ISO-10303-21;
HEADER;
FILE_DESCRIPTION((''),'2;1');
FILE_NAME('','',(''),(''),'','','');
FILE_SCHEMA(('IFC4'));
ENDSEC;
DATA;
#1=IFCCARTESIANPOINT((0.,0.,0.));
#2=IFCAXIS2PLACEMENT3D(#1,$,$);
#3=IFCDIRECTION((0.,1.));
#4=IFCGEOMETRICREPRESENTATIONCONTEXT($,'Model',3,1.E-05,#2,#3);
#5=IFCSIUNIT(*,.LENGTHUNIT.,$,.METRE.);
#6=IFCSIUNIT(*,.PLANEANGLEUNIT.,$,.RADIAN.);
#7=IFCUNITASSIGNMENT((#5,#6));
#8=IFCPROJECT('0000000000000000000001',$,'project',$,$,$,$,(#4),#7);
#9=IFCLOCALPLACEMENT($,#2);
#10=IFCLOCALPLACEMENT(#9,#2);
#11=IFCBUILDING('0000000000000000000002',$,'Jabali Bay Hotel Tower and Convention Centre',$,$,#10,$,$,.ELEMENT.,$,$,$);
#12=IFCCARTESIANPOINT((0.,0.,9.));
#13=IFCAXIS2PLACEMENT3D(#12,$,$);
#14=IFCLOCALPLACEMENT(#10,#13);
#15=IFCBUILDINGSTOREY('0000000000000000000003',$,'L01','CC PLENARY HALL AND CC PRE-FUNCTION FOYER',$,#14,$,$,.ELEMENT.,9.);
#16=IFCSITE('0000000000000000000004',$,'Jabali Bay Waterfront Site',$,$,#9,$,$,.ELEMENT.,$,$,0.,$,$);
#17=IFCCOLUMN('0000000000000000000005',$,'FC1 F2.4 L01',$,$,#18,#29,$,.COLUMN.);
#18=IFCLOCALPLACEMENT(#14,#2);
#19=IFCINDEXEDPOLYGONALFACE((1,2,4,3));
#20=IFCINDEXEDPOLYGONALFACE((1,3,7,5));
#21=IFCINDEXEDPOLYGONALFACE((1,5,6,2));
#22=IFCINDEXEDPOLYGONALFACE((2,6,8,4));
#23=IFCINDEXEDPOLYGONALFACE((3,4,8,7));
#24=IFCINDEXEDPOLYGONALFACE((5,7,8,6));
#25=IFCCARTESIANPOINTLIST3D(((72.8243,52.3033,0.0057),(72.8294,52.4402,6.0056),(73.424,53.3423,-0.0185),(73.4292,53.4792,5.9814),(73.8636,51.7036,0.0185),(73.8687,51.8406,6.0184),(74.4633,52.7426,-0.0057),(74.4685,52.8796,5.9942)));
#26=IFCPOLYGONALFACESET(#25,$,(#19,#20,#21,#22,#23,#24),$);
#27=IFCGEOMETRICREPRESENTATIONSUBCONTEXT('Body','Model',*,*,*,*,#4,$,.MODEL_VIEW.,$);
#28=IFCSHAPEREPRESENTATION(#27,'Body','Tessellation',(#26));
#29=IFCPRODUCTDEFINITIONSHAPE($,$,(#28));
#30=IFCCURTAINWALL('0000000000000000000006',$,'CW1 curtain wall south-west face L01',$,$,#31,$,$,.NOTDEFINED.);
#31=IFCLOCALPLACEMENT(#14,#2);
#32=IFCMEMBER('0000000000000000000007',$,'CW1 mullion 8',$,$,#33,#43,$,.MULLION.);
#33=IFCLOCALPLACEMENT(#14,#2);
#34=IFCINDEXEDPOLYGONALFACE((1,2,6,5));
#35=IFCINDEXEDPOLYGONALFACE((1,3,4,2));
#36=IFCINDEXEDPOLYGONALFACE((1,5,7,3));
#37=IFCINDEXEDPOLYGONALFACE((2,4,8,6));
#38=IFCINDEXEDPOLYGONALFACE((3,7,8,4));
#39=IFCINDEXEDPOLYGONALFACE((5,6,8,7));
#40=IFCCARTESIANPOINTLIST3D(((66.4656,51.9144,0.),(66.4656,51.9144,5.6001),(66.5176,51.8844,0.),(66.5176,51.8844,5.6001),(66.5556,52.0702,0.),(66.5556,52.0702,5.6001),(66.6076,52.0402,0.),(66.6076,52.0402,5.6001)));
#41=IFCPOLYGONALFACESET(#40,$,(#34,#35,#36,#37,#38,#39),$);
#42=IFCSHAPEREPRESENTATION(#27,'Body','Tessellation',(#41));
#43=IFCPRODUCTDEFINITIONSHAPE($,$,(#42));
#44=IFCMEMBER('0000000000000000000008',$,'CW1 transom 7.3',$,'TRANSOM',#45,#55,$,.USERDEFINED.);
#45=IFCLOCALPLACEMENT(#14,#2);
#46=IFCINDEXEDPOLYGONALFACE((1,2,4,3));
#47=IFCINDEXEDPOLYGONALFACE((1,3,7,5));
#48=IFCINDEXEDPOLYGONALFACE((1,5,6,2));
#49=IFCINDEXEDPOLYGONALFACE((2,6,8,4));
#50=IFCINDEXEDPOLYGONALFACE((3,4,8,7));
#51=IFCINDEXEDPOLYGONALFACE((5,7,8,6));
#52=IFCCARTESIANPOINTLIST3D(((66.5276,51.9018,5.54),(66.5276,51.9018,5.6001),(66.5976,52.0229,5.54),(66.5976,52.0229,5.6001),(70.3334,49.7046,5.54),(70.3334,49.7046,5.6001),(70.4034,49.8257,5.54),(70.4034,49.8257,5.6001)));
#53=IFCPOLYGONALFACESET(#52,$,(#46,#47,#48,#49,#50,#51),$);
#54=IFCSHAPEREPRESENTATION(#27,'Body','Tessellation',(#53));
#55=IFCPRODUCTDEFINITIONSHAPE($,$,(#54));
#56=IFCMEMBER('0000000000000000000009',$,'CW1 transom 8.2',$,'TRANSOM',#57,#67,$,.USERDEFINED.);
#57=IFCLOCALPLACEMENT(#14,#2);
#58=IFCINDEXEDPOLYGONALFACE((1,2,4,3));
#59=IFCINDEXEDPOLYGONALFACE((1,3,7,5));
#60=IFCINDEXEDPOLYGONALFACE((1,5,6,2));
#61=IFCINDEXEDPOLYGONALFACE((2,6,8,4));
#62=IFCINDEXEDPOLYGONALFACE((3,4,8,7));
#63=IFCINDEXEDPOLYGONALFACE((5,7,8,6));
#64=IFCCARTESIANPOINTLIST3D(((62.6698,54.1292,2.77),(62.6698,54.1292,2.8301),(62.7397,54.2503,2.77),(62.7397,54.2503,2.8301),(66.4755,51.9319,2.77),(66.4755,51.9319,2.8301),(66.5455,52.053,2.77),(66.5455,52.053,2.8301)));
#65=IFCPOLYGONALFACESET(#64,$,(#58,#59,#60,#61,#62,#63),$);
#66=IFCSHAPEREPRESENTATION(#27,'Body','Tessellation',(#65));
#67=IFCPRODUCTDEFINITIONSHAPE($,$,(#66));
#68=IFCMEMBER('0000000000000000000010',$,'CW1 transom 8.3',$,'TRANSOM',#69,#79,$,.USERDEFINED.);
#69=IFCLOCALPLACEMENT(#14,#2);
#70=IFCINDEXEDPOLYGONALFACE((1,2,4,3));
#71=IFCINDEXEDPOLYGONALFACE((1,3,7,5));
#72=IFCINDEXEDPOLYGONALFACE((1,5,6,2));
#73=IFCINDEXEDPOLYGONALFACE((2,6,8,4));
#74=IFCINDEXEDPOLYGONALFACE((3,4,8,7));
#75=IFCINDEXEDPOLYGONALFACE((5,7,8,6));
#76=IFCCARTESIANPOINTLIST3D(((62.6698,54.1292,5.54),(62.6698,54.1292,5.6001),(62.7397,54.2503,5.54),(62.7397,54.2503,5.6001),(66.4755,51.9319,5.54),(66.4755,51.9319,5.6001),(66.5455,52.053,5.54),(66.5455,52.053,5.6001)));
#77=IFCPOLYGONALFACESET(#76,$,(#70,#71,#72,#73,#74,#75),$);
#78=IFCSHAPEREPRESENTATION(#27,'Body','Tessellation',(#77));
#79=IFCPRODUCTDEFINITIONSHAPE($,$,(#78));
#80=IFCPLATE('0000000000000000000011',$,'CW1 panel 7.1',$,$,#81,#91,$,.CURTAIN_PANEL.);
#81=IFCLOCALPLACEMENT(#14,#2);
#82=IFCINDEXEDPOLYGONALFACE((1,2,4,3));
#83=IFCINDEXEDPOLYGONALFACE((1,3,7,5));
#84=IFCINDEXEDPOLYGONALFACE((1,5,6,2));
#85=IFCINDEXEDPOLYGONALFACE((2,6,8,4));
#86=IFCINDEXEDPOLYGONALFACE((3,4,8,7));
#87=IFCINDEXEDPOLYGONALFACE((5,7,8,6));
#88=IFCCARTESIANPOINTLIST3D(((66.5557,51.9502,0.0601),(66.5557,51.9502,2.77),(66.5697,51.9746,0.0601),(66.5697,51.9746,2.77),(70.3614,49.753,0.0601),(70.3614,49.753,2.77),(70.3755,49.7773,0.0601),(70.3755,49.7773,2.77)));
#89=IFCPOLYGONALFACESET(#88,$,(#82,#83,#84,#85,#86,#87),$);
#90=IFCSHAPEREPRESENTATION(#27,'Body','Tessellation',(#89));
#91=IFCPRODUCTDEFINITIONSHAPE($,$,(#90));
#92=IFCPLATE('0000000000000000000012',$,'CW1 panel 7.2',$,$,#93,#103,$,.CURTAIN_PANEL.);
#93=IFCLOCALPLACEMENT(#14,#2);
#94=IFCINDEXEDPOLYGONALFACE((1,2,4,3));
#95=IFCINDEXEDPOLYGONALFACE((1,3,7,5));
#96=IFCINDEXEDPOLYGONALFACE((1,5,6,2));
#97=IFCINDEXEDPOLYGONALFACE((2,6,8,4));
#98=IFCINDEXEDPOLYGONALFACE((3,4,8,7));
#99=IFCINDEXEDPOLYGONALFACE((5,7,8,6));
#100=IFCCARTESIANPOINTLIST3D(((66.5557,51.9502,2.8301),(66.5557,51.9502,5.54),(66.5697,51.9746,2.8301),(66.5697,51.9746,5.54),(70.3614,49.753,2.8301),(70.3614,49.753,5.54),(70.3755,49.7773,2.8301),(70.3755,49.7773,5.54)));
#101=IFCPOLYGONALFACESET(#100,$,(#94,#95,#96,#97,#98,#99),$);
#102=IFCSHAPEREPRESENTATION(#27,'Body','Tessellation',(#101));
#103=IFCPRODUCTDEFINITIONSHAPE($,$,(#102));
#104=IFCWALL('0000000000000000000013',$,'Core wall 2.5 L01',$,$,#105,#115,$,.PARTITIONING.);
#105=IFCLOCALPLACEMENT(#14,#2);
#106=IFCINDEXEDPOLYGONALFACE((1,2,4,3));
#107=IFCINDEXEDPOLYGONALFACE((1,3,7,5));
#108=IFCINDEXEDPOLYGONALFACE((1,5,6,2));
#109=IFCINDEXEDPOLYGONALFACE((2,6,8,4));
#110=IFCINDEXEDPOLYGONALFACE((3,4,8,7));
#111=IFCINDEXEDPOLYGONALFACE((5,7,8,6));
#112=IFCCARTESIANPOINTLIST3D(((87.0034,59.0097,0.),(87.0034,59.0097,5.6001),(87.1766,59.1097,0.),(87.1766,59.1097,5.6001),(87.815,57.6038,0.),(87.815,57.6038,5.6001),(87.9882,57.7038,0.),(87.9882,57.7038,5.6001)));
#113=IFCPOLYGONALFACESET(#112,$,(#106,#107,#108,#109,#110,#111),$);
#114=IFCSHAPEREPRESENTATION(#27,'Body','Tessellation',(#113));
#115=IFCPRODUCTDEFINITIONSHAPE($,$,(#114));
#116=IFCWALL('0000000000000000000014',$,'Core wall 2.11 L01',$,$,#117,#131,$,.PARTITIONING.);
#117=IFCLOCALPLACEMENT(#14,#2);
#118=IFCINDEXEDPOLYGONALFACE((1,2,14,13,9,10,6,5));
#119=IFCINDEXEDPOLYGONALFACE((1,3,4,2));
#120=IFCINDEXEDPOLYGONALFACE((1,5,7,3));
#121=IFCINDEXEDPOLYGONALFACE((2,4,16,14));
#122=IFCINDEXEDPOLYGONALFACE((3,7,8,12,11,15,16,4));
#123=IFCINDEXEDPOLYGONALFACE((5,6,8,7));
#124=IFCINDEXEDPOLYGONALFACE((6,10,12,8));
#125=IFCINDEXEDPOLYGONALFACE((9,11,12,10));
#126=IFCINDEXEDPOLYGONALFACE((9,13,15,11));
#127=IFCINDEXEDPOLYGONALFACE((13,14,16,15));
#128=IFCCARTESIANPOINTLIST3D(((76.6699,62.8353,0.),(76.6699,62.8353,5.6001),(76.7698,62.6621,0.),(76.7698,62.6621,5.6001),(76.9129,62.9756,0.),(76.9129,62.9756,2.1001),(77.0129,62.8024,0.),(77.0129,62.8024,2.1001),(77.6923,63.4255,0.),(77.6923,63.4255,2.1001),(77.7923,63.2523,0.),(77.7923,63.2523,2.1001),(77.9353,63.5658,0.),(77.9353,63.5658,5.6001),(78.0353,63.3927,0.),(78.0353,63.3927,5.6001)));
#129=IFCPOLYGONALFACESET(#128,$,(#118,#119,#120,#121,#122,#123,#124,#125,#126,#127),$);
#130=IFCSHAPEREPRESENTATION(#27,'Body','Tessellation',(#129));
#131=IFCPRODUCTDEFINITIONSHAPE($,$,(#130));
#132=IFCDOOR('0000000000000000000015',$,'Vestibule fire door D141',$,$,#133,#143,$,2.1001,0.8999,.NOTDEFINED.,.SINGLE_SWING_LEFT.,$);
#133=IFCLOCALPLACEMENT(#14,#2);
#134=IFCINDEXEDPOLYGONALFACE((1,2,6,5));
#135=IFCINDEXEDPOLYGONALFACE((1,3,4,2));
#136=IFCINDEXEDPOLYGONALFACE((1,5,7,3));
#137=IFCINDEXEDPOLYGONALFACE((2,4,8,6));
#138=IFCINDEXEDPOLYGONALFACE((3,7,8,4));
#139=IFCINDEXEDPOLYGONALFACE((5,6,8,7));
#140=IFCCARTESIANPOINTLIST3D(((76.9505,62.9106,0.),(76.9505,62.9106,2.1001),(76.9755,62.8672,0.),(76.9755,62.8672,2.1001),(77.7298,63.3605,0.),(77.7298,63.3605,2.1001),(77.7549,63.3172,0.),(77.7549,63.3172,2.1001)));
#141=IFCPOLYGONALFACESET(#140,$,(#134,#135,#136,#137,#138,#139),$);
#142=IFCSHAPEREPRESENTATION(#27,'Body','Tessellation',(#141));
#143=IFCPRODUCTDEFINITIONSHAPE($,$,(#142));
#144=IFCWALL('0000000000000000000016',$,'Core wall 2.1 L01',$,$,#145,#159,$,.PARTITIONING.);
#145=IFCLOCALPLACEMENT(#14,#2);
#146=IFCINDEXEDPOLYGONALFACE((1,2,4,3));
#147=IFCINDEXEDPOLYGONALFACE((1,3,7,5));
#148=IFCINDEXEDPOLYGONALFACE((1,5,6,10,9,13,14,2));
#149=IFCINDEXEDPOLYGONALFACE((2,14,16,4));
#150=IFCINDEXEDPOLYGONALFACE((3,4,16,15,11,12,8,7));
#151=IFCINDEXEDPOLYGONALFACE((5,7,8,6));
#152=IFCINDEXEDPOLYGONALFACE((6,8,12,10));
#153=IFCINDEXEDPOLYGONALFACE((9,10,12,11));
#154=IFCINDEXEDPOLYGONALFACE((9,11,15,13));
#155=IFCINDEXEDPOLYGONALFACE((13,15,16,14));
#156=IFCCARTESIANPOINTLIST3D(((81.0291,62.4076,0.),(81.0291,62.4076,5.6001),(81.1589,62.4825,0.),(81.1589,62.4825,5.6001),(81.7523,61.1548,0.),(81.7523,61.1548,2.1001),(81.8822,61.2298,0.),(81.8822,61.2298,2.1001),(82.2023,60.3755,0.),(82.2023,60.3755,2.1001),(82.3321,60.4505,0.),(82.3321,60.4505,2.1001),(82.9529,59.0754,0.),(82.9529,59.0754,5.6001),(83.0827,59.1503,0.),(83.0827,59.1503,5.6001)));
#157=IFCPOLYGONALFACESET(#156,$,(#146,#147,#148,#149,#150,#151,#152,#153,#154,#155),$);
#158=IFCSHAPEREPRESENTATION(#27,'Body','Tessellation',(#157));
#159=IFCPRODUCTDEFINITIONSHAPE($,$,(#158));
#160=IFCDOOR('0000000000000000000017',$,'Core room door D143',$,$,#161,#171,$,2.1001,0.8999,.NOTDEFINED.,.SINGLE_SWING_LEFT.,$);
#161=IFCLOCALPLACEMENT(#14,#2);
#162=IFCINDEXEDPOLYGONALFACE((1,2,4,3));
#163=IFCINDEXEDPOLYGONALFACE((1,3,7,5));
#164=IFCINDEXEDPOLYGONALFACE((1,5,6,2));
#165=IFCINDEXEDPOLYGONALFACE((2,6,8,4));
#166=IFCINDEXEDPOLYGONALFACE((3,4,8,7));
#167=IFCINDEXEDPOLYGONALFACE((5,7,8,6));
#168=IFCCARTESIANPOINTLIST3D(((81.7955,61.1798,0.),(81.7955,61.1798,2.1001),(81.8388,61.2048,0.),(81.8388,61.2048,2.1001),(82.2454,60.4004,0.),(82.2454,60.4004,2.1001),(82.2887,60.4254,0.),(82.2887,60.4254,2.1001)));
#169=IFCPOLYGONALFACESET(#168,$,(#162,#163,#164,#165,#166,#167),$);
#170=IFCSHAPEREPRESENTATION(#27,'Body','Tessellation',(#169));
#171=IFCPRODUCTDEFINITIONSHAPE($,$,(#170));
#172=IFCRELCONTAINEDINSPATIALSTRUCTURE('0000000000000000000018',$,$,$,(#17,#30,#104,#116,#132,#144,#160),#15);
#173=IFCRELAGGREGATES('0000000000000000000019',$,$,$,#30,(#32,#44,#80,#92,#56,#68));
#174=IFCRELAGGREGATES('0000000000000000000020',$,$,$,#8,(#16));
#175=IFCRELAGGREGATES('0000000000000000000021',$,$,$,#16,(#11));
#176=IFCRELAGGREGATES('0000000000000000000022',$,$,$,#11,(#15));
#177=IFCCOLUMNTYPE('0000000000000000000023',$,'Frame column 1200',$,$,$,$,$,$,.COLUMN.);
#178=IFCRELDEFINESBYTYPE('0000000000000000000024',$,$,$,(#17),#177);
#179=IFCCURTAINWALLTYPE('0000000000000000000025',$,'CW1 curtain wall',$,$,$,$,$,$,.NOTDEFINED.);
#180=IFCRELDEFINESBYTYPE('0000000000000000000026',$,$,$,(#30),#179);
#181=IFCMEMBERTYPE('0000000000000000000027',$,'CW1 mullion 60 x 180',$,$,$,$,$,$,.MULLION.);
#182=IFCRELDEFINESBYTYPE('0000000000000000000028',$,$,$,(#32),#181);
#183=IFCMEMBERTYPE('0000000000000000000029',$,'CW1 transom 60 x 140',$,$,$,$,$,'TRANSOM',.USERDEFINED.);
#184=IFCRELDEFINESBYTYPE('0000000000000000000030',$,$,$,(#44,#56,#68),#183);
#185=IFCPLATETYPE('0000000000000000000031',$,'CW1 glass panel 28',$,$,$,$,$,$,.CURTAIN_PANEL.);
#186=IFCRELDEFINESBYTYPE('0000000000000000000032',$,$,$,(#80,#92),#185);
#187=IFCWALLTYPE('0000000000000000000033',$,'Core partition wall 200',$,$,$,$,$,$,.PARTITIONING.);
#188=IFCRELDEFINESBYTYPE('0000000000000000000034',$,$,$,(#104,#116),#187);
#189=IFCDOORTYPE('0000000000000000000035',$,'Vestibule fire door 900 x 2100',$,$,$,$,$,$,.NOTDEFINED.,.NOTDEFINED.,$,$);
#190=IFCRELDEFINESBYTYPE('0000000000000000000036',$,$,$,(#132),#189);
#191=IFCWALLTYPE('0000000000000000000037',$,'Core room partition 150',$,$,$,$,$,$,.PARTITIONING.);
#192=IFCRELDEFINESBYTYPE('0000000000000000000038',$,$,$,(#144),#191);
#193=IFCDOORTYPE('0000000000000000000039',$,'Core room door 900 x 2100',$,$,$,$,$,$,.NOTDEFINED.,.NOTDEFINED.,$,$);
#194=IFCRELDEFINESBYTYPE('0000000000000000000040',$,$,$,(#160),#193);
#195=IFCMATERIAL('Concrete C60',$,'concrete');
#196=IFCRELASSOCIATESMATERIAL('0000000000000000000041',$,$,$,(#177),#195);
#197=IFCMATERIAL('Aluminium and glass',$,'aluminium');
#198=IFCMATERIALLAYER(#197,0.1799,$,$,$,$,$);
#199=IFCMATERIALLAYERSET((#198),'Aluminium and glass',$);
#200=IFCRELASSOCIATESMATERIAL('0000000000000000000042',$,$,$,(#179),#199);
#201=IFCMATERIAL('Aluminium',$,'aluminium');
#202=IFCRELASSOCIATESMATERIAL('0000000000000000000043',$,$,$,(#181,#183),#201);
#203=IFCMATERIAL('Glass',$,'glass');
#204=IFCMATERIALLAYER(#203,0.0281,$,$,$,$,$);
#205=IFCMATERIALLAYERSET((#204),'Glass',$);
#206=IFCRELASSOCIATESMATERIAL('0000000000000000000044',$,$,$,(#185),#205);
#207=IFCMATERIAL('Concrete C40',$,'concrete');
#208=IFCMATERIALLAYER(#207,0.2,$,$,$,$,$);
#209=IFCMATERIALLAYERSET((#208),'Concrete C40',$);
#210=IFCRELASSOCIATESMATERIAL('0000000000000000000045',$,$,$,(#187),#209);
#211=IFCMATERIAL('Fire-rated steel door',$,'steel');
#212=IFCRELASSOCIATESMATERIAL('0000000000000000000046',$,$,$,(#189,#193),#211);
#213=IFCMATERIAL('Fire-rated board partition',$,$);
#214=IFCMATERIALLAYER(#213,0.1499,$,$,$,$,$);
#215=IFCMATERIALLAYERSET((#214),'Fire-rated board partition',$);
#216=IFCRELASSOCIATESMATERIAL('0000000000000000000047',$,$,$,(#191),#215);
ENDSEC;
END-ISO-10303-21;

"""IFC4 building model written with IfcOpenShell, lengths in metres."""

from ifc_helpers import new_model, si_unit, direction, frame, frame_2d, origin, origin_2d, place, context, subcontext, project, spatial, rectangle, extrude, material, layer, layer_set, material_profile, profile_set, type_object, element, fill, aggregate, save


model = new_model("IFC4")

# Units and contexts
model_context = context("Model", 3, precision=1e-05, world=origin(), true_north=direction((0.0, 1.0)))
body_context = subcontext(model_context, "Body", "Model", "MODEL_VIEW")
ifc_project = project(units=[si_unit("LENGTHUNIT", "METRE"), si_unit("PLANEANGLEUNIT", "RADIAN")], contexts=[model_context])

# Site, building, storey
site_placement = place(None, origin())
site = spatial("IfcSite", under=ifc_project, at=site_placement, Name="Jabali Bay Waterfront Site", CompositionType="ELEMENT", RefElevation=0.0)
building_placement = place(site_placement, origin())
building = spatial("IfcBuilding", under=site, at=building_placement, Name="Jabali Bay Hotel Tower and Convention Centre", CompositionType="ELEMENT")
storey_placement = place(building_placement, frame((0.0, 0.0, 9.0)))
storey = spatial("IfcBuildingStorey", under=building, at=storey_placement, Name="L01", Description="CC PLENARY HALL AND CC PRE-FUNCTION FOYER", CompositionType="ELEMENT", Elevation=9.0)

# Column
ifc_material_1 = material(Name="Concrete C60", Category="concrete")
ifc_material_profile_1 = material_profile(ifc_material_1, rectangle(XDim=1.2, YDim=1.2, at=origin_2d()), Name="Frame column 1200")
ifc_profile_set_1 = profile_set([ifc_material_profile_1], Name="Concrete C60")
column_type = type_object("IfcColumnType", Name="Frame column 1200", PredefinedType="COLUMN", material=ifc_profile_set_1)
column_placement = place(storey_placement, frame((73.6438, 52.5229, 0.0), z_axis=(0.000854, 0.022821, 0.999739), x_axis=(-0.499824, -0.865891, 0.020193)))
element("IfcColumn", 1, at=column_placement, inside=storey, type_object=column_type, Name="FC1 F2.4 L01", PredefinedType="COLUMN", context=body_context, shape_type="SweptSolid", body=[
    extrude(rectangle(XDim=1.2, YDim=1.2, at=origin_2d()), origin(), (0.0, 0.0, 1.0), 6.0015),
])

# Curtain wall, members, plates
ifc_material_2 = material(Name="Aluminium and glass", Category="aluminium")
ifc_layer_1 = layer(ifc_material_2, 0.1799)
ifc_layer_set_1 = layer_set([ifc_layer_1], Name="Aluminium and glass")
curtain_wall_type = type_object("IfcCurtainWallType", Name="CW1 curtain wall", PredefinedType="NOTDEFINED", material=ifc_layer_set_1)
curtain_wall_placement = place(storey_placement, origin())
curtain_wall = element("IfcCurtainWall", 2, at=curtain_wall_placement, inside=storey, type_object=curtain_wall_type, Name="CW1 curtain wall south-west face L01", PredefinedType="NOTDEFINED")
ifc_material_3 = material(Name="Aluminium", Category="aluminium")
ifc_material_profile_2 = material_profile(ifc_material_3, rectangle(XDim=0.1799, YDim=0.0601, at=origin_2d()), Name="CW1 mullion 60 x 180")
ifc_profile_set_2 = profile_set([ifc_material_profile_2], Name="Aluminium")
member_type_1 = type_object("IfcMemberType", Name="CW1 mullion 60 x 180", PredefinedType="MULLION", material=ifc_profile_set_2)
member_1_placement = place(storey_placement, frame((66.5366, 51.9773, 0.0), z_axis=(0.0, 0.0, 1.0), x_axis=(-0.5, -0.866025, 0.0)))
member_1 = element("IfcMember", 3, at=member_1_placement, type_object=member_type_1, Name="CW1 mullion 8", PredefinedType="MULLION", context=body_context, shape_type="SweptSolid", body=[
    extrude(rectangle(XDim=0.1799, YDim=0.0601, at=origin_2d()), origin(), (0.0, 0.0, 1.0), 5.6001),
])
ifc_material_profile_3 = material_profile(ifc_material_3, rectangle(XDim=0.1399, YDim=0.0601, at=origin_2d()), Name="CW1 transom 60 x 140")
ifc_profile_set_3 = profile_set([ifc_material_profile_3], Name="Aluminium")
member_type_2 = type_object("IfcMemberType", Name="CW1 transom 60 x 140", ElementType="TRANSOM", PredefinedType="USERDEFINED", material=ifc_profile_set_3)
member_2_placement = place(storey_placement, frame((70.3684, 49.7651, 5.5701), z_axis=(-0.866033, 0.499987, 0.0), x_axis=(-0.499987, -0.866033, 0.0)))
member_2 = element("IfcMember", 4, at=member_2_placement, type_object=member_type_2, Name="CW1 transom 7.3", ObjectType="TRANSOM", PredefinedType="USERDEFINED", context=body_context, shape_type="SweptSolid", body=[
    extrude(rectangle(XDim=0.1399, YDim=0.0601, at=origin_2d()), origin(), (0.0, 0.0, 1.0), 4.3945),
])
member_3_placement = place(storey_placement, frame((66.5105, 51.9924, 2.8), z_axis=(-0.866019, 0.500011, 0.0), x_axis=(-0.500011, -0.866019, 0.0)))
member_3 = element("IfcMember", 5, at=member_3_placement, type_object=member_type_2, Name="CW1 transom 8.2", ObjectType="TRANSOM", PredefinedType="USERDEFINED", context=body_context, shape_type="SweptSolid", body=[
    extrude(rectangle(XDim=0.1399, YDim=0.0601, at=origin_2d()), origin(), (0.0, 0.0, 1.0), 4.3945),
])
member_4_placement = place(storey_placement, frame((66.5105, 51.9924, 5.5701), z_axis=(-0.866019, 0.500011, 0.0), x_axis=(-0.500011, -0.866019, 0.0)))
member_4 = element("IfcMember", 6, at=member_4_placement, type_object=member_type_2, Name="CW1 transom 8.3", ObjectType="TRANSOM", PredefinedType="USERDEFINED", context=body_context, shape_type="SweptSolid", body=[
    extrude(rectangle(XDim=0.1399, YDim=0.0601, at=origin_2d()), origin(), (0.0, 0.0, 1.0), 4.3945),
])
ifc_material_4 = material(Name="Glass", Category="glass")
ifc_layer_2 = layer(ifc_material_4, 0.0281)
ifc_layer_set_2 = layer_set([ifc_layer_2], Name="Glass")
plate_type = type_object("IfcPlateType", Name="CW1 glass panel 28", PredefinedType="CURTAIN_PANEL", material=ifc_layer_set_2)
plate_1_placement = place(storey_placement, frame((68.4656, 50.8638, 0.0601), z_axis=(0.0, 0.0, 1.0), x_axis=(-0.866025, 0.5, 0.0)))
plate_1 = element("IfcPlate", 7, at=plate_1_placement, type_object=plate_type, Name="CW1 panel 7.1", PredefinedType="CURTAIN_PANEL", context=body_context, shape_type="SweptSolid", body=[
    extrude(rectangle(XDim=4.3945, YDim=0.0281, at=origin_2d()), origin(), (0.0, 0.0, 1.0), 2.71),
])
plate_2_placement = place(storey_placement, frame((68.4656, 50.8638, 2.8301), z_axis=(0.0, 0.0, 1.0), x_axis=(-0.866025, 0.5, 0.0)))
plate_2 = element("IfcPlate", 8, at=plate_2_placement, type_object=plate_type, Name="CW1 panel 7.2", PredefinedType="CURTAIN_PANEL", context=body_context, shape_type="SweptSolid", body=[
    extrude(rectangle(XDim=4.3945, YDim=0.0281, at=origin_2d()), origin(), (0.0, 0.0, 1.0), 2.71),
])
aggregate(curtain_wall, [member_1, member_2, plate_1, plate_2, member_3, member_4])

# Wall
ifc_material_5 = material(Name="Concrete C40", Category="concrete")
ifc_layer_3 = layer(ifc_material_5, 0.2)
ifc_layer_set_3 = layer_set([ifc_layer_3], Name="Concrete C40")
wall_type_1 = type_object("IfcWallType", Name="Core partition wall 200", PredefinedType="PARTITIONING", material=ifc_layer_set_3)
wall_1_placement = place(storey_placement, frame((87.0901, 59.0596, 0.0), z_axis=(0.0, 0.0, 1.0), x_axis=(0.499957, -0.86605, 0.0)))
element("IfcWall", 9, at=wall_1_placement, inside=storey, type_object=wall_type_1, Name="Core wall 2.5 L01", PredefinedType="PARTITIONING", context=body_context, shape_type="SweptSolid", body=[
    extrude(rectangle(XDim=1.6233, YDim=0.2, at=frame_2d((0.8115, 0.0))), origin(), (0.0, 0.0, 1.0), 5.6001),
])

# Walls, openings, doors
wall_2_placement = place(storey_placement, frame((76.72, 62.7488, 0.0), z_axis=(0.0, 0.0, 1.0), x_axis=(0.866055, 0.499949, 0.0)))
wall_2 = element("IfcWall", 10, at=wall_2_placement, inside=storey, type_object=wall_type_1, Name="Core wall 2.11 L01", PredefinedType="PARTITIONING", context=body_context, shape_type="SweptSolid", body=[
    extrude(rectangle(XDim=1.4612, YDim=0.2, at=frame_2d((0.7305, 0.0))), origin(), (0.0, 0.0, 1.0), 5.6001),
])
opening_1_placement = place(wall_2_placement, frame((0.2805, 0.0, 0.0)))
opening_1 = element("IfcOpeningElement", 11, at=opening_1_placement, cuts=wall_2, PredefinedType="OPENING", context=body_context, shape_type="SweptSolid", body=[
    extrude(rectangle(XDim=0.8999, YDim=2.1001, at=frame_2d((0.45, 1.05))), frame((0.0, 0.1104, 0.0), z_axis=(0.0, -1.0, 0.0), x_axis=(1.0, 0.0, 0.0)), (0.0, 0.0, 1.0), 0.2209),
])
ifc_material_6 = material(Name="Fire-rated steel door", Category="steel")
door_type_1 = type_object("IfcDoorType", Name="Vestibule fire door 900 x 2100", OperationType="NOTDEFINED", PredefinedType="NOTDEFINED", material=ifc_material_6)
door_1_placement = place(opening_1_placement, origin())
door_1 = element("IfcDoor", 12, at=door_1_placement, inside=storey, type_object=door_type_1, Name="Vestibule fire door D141", OperationType="SINGLE_SWING_LEFT", OverallHeight=2.1001, OverallWidth=0.8999, PredefinedType="NOTDEFINED", context=body_context, shape_type="SweptSolid", body=[
    extrude(rectangle(XDim=0.8999, YDim=2.1001, at=frame_2d((0.45, 1.05))), frame((0.0, 0.0249, 0.0), z_axis=(0.0, -1.0, 0.0), x_axis=(1.0, 0.0, 0.0)), (0.0, 0.0, 1.0), 0.05),
])
fill(opening_1, door_1)
ifc_material_7 = material(Name="Fire-rated board partition")
ifc_layer_4 = layer(ifc_material_7, 0.1499)
ifc_layer_set_4 = layer_set([ifc_layer_4], Name="Fire-rated board partition")
wall_type_2 = type_object("IfcWallType", Name="Core room partition 150", PredefinedType="PARTITIONING", material=ifc_layer_set_4)
wall_3_placement = place(storey_placement, frame((81.094, 62.4451, 0.0), z_axis=(0.0, 0.0, 1.0), x_axis=(0.499988, -0.866032, 0.0)))
wall_3 = element("IfcWall", 13, at=wall_3_placement, inside=storey, type_object=wall_type_2, Name="Core wall 2.1 L01", PredefinedType="PARTITIONING", context=body_context, shape_type="SweptSolid", body=[
    extrude(rectangle(XDim=3.8477, YDim=0.1499, at=frame_2d((1.9238, 0.0))), origin(), (0.0, 0.0, 1.0), 5.6001),
])
opening_2_placement = place(wall_3_placement, frame((1.4465, 0.0, 0.0)))
opening_2 = element("IfcOpeningElement", 14, at=opening_2_placement, cuts=wall_3, PredefinedType="OPENING", context=body_context, shape_type="SweptSolid", body=[
    extrude(rectangle(XDim=0.8999, YDim=2.1001, at=frame_2d((0.45, 1.05))), frame((0.0, 0.0854, 0.0), z_axis=(0.0, -1.0, 0.0), x_axis=(1.0, 0.0, 0.0)), (0.0, 0.0, 1.0), 0.1709),
])
door_type_2 = type_object("IfcDoorType", Name="Core room door 900 x 2100", OperationType="NOTDEFINED", PredefinedType="NOTDEFINED", material=ifc_material_6)
door_2_placement = place(opening_2_placement, origin())
door_2 = element("IfcDoor", 15, at=door_2_placement, inside=storey, type_object=door_type_2, Name="Core room door D143", OperationType="SINGLE_SWING_LEFT", OverallHeight=2.1001, OverallWidth=0.8999, PredefinedType="NOTDEFINED", context=body_context, shape_type="SweptSolid", body=[
    extrude(rectangle(XDim=0.8999, YDim=2.1001, at=frame_2d((0.45, 1.05))), frame((0.0, 0.0249, 0.0), z_axis=(0.0, -1.0, 0.0), x_axis=(1.0, 0.0, 0.0)), (0.0, 0.0, 1.0), 0.05),
])
fill(opening_2, door_2)

save(model, "model.ifc")
